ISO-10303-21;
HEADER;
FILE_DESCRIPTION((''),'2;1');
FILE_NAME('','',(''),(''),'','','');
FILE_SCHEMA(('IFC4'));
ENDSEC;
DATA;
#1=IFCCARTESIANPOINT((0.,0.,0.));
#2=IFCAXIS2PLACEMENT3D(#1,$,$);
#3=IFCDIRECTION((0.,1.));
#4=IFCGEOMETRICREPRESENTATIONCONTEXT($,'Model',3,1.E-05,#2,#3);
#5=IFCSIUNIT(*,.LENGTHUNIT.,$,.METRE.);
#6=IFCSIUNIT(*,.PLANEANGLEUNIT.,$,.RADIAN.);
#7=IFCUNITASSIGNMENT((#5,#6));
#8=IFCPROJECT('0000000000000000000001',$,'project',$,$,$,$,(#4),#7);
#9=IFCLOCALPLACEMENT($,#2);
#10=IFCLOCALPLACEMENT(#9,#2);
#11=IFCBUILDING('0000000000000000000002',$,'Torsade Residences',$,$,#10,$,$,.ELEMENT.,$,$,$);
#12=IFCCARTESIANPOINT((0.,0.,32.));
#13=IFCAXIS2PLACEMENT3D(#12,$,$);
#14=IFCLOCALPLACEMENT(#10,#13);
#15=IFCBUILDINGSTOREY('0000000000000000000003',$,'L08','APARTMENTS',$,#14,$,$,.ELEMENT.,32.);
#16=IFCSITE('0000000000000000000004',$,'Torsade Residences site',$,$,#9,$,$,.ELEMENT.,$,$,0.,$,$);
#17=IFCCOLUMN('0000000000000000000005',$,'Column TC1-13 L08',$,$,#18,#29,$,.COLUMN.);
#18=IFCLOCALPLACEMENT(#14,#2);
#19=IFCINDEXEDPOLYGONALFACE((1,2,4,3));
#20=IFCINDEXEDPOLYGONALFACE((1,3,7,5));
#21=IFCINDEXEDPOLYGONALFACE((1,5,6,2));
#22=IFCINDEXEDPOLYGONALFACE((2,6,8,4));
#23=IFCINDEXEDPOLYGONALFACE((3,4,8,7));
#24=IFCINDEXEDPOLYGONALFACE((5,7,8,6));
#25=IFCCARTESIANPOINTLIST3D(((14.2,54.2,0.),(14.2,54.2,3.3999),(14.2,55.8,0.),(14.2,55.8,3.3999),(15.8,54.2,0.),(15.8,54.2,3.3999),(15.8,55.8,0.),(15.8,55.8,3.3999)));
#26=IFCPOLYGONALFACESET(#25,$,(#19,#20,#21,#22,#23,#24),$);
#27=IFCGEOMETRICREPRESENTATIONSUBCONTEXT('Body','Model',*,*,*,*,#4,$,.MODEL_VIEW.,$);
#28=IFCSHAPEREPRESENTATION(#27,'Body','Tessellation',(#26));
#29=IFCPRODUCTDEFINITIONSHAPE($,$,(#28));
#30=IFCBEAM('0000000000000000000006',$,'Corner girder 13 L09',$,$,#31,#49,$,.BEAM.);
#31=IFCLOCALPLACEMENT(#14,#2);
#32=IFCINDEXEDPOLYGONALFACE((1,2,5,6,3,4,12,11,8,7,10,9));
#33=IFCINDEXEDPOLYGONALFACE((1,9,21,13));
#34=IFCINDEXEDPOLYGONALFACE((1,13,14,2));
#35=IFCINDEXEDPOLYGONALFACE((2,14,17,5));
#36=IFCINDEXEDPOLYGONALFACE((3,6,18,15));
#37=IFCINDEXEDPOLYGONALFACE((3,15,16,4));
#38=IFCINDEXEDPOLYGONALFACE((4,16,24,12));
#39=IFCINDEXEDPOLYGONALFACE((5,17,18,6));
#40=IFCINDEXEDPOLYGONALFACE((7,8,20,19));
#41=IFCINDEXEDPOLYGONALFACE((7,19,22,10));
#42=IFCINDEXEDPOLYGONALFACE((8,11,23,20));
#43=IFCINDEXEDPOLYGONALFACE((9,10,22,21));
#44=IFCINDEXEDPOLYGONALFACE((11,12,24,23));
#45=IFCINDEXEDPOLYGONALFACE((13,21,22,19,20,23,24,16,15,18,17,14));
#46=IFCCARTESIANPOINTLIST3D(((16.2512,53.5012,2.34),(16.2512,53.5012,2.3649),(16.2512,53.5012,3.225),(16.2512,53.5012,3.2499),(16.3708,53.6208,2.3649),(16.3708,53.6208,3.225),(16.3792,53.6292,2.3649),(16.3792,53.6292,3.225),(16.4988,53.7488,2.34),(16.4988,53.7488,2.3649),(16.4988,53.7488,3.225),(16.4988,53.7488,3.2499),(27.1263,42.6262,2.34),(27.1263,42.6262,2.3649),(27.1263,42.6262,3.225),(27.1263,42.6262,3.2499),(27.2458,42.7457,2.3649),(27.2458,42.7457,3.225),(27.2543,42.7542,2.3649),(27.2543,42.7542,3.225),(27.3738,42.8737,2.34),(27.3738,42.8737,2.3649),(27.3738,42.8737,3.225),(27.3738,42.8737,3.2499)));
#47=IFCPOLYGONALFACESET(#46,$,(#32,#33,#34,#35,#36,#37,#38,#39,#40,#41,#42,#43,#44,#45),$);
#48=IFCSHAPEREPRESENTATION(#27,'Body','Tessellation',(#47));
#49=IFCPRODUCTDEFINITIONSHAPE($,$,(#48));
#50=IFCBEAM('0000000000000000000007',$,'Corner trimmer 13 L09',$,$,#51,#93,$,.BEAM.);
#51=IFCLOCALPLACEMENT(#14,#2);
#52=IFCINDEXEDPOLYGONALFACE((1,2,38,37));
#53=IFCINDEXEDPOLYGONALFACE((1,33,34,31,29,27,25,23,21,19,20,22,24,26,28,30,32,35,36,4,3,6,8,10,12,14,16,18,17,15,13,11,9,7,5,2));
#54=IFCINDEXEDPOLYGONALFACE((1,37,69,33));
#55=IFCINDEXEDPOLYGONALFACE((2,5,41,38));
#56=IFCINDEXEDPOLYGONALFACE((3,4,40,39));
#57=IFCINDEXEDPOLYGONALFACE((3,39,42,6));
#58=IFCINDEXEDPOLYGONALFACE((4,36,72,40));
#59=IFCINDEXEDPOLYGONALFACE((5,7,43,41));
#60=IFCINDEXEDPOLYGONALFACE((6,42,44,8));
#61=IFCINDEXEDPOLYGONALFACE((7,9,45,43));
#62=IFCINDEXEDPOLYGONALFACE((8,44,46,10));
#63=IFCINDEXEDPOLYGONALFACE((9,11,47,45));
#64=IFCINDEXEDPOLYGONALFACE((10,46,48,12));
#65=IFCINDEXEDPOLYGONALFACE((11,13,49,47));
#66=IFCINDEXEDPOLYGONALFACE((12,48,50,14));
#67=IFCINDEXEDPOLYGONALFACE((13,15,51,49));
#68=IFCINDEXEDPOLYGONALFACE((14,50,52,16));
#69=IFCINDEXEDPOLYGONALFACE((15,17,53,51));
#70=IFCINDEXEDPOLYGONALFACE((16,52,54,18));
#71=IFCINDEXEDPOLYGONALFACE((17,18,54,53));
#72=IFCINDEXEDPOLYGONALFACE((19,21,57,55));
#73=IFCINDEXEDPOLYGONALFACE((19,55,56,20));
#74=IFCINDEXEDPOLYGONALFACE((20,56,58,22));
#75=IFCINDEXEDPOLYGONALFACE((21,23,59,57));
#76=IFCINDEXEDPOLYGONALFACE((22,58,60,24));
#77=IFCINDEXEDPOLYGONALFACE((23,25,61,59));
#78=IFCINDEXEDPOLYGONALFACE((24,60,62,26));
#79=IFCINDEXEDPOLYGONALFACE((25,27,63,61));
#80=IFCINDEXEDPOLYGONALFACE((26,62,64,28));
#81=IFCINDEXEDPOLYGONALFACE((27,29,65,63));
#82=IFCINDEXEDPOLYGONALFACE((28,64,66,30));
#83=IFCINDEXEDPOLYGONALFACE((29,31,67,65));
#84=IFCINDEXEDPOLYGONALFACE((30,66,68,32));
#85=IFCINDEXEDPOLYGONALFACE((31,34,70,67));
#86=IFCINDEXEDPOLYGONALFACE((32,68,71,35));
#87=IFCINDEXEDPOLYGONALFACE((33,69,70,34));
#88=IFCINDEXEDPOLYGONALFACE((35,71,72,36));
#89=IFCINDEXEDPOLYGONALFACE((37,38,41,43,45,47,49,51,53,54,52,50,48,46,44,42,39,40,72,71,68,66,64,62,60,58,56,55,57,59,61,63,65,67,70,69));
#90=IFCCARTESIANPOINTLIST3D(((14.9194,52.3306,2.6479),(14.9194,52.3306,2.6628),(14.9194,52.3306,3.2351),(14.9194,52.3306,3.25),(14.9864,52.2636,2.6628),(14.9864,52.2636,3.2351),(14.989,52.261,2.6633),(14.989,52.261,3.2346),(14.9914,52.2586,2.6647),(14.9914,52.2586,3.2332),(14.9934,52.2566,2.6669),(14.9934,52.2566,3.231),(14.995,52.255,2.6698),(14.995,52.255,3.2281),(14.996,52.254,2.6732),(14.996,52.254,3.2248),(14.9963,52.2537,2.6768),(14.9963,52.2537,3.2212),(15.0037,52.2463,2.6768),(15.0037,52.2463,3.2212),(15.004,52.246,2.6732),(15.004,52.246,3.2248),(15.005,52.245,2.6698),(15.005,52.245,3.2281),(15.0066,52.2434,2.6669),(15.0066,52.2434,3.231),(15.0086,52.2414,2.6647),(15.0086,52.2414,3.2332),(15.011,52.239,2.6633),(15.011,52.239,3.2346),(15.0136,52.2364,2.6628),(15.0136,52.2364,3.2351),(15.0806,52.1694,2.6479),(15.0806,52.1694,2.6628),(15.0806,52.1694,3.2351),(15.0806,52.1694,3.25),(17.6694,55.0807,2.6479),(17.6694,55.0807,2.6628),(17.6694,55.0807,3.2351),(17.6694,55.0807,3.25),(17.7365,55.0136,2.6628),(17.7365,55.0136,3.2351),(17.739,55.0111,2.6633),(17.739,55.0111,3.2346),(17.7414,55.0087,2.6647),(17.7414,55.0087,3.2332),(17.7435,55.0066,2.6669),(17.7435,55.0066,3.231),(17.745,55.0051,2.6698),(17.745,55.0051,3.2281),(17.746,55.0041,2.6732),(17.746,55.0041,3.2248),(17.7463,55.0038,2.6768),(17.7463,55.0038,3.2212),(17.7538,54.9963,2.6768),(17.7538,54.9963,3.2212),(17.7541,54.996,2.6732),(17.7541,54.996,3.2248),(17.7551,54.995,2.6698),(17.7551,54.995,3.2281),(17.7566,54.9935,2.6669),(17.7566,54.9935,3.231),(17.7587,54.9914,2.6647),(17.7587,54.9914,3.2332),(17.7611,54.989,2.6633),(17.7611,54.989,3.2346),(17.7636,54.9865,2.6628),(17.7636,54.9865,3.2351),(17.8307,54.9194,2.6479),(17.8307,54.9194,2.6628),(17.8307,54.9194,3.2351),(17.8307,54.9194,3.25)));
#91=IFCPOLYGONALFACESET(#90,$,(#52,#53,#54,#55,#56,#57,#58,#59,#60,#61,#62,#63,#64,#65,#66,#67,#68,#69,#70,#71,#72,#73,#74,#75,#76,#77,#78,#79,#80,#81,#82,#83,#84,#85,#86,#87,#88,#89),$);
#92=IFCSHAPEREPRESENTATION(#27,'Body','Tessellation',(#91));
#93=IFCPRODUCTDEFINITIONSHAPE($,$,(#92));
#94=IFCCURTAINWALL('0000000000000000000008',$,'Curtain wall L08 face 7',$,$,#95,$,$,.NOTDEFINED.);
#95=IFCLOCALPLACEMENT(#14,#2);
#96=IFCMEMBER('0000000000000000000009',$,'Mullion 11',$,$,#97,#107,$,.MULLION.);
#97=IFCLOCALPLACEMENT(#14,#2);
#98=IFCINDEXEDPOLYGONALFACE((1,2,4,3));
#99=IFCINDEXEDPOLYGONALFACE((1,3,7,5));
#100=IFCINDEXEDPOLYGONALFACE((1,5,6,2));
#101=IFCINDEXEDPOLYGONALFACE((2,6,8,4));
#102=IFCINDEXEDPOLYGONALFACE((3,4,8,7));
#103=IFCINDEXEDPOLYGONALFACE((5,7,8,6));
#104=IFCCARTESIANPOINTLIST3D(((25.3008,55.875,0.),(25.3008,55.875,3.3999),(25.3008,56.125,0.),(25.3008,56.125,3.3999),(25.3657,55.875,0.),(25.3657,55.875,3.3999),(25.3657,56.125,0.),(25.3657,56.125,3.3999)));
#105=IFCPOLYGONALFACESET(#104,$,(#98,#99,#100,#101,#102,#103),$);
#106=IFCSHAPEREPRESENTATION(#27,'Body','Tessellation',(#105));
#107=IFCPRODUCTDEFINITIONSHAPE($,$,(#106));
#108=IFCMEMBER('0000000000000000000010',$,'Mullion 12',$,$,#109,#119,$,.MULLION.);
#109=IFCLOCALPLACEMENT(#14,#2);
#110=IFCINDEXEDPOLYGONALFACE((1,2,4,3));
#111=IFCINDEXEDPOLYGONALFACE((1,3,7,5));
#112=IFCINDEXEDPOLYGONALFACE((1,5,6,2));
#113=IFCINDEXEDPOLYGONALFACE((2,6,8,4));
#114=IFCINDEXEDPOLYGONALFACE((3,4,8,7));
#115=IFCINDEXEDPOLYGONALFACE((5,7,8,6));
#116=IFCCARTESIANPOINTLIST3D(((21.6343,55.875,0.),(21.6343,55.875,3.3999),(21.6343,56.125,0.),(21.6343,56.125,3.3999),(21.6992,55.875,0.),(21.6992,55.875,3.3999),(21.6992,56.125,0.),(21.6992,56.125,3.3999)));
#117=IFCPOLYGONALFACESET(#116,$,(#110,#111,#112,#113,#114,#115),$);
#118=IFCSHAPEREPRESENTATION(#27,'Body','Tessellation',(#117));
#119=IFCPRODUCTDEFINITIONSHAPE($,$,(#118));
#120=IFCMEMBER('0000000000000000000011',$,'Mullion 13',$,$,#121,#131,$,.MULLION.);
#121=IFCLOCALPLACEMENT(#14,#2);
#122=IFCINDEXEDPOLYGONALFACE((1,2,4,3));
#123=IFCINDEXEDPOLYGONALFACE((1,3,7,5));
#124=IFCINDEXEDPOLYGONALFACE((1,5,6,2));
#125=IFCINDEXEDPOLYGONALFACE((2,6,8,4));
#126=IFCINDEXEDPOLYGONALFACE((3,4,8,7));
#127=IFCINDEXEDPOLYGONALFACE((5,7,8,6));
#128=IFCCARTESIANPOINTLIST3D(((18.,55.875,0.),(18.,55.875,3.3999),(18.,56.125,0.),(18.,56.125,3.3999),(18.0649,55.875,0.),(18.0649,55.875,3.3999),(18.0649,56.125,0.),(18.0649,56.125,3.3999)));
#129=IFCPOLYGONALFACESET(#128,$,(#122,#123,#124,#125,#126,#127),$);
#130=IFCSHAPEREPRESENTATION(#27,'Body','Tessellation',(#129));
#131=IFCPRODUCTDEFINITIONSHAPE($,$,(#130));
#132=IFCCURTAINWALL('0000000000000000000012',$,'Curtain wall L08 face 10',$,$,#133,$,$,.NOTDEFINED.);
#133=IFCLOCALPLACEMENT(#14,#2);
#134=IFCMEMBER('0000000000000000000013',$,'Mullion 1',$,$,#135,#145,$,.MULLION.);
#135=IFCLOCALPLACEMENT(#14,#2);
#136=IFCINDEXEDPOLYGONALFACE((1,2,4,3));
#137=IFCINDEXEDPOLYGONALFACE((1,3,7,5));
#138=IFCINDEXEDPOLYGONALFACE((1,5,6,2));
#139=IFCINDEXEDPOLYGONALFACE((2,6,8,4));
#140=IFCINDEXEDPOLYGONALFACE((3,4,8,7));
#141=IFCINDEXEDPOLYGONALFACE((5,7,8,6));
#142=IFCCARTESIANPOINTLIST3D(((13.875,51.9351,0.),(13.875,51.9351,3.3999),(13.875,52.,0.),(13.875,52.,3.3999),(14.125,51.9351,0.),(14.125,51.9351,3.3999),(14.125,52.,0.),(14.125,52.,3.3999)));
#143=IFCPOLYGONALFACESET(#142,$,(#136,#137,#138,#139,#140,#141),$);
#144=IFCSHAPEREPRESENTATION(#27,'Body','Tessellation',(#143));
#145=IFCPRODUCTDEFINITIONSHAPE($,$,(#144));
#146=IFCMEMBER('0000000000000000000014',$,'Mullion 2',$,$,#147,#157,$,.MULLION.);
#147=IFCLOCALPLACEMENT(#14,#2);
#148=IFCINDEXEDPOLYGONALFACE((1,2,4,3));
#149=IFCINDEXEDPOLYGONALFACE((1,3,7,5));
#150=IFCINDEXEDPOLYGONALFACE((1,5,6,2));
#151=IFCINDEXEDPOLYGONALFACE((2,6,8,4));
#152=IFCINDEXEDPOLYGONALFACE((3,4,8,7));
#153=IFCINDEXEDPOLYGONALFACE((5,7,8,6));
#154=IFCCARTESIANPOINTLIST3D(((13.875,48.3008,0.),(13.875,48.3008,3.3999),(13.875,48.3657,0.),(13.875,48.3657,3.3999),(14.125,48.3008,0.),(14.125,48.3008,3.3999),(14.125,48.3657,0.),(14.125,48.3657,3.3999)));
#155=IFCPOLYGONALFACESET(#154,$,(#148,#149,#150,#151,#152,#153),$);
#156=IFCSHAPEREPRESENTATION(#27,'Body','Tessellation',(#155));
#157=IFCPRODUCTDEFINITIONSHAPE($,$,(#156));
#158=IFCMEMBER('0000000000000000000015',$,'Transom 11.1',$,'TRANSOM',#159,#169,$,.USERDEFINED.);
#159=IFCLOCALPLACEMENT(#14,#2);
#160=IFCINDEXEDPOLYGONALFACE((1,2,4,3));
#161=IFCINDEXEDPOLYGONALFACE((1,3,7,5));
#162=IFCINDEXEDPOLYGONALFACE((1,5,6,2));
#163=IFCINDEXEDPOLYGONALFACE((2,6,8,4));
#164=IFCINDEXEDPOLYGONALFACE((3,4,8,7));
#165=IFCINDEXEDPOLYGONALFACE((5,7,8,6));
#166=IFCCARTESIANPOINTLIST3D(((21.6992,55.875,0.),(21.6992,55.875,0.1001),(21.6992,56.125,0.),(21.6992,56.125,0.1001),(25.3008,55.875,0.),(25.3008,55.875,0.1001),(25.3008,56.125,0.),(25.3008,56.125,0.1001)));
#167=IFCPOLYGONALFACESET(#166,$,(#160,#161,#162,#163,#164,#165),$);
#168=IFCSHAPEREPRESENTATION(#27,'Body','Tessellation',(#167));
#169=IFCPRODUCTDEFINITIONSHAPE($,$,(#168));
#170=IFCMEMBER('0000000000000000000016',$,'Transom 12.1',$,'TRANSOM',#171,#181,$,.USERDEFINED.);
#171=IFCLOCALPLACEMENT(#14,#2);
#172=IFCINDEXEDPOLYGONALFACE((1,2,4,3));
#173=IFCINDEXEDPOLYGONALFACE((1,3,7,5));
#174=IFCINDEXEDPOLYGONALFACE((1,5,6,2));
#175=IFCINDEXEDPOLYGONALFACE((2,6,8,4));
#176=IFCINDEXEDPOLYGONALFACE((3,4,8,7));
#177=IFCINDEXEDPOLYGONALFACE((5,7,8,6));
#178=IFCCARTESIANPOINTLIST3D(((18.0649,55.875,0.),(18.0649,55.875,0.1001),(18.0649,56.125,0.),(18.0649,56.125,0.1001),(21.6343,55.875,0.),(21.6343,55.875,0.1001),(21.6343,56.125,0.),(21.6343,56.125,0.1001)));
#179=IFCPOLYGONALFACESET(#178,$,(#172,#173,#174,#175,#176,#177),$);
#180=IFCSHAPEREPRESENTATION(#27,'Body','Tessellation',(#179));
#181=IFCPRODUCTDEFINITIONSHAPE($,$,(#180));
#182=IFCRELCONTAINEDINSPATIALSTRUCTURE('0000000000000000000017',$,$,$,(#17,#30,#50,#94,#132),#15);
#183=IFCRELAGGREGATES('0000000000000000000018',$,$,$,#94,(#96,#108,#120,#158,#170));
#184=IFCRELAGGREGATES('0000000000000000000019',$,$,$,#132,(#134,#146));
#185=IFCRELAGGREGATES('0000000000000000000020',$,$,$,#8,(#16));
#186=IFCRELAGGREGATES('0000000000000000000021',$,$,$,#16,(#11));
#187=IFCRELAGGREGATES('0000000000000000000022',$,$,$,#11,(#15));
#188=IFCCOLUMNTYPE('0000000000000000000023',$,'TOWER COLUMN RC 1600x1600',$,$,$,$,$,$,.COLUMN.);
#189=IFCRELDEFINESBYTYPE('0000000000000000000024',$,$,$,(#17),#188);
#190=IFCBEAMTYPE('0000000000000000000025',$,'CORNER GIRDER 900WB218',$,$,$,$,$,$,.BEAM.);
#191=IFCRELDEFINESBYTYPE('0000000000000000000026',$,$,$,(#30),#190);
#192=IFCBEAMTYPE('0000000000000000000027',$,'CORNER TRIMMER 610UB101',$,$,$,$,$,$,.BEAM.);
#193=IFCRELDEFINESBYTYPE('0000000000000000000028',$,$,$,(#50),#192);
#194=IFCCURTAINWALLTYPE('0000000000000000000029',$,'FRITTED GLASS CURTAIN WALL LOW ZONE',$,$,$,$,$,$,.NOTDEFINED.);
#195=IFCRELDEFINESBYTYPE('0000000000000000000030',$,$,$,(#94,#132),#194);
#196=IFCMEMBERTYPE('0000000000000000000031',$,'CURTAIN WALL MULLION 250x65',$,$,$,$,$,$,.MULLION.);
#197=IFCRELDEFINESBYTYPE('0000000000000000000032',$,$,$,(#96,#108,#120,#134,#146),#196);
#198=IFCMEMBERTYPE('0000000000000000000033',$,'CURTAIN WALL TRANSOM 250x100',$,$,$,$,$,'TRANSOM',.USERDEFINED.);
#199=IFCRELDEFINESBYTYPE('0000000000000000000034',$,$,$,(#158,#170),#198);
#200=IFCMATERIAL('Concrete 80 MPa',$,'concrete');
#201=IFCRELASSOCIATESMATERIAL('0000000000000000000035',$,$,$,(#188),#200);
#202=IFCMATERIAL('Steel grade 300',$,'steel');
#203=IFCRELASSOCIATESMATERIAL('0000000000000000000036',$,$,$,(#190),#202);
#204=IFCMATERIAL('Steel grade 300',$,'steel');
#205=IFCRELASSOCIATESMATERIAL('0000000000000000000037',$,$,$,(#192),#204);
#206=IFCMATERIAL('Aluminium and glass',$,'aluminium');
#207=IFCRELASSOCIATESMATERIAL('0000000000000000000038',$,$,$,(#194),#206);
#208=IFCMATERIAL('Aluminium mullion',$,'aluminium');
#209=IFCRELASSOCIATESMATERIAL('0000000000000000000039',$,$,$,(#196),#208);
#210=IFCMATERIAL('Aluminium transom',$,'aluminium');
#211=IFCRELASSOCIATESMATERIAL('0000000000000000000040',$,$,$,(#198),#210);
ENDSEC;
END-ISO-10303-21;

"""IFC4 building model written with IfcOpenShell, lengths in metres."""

from ifc_helpers import new_model, si_unit, direction, frame, origin, origin_2d, place, context, subcontext, project, spatial, rectangle, i_section, extrude, material, material_profile, profile_set, type_object, element, aggregate, save


model = new_model("IFC4")

# Units and contexts
model_context = context("Model", 3, precision=1e-05, world=origin(), true_north=direction((0.0, 1.0)))
body_context = subcontext(model_context, "Body", "Model", "MODEL_VIEW")
ifc_project = project(units=[si_unit("LENGTHUNIT", "METRE"), si_unit("PLANEANGLEUNIT", "RADIAN")], contexts=[model_context])

# Site, building, storey
site_placement = place(None, origin())
site = spatial("IfcSite", under=ifc_project, at=site_placement, Name="Torsade Residences site", CompositionType="ELEMENT", RefElevation=0.0)
building_placement = place(site_placement, origin())
building = spatial("IfcBuilding", under=site, at=building_placement, Name="Torsade Residences", CompositionType="ELEMENT")
storey_placement = place(building_placement, frame((0.0, 0.0, 32.0)))
storey = spatial("IfcBuildingStorey", under=building, at=storey_placement, Name="L08", Description="APARTMENTS", CompositionType="ELEMENT", Elevation=32.0)

# Column
ifc_material_1 = material(Name="Concrete 80 MPa", Category="concrete")
ifc_material_profile_1 = material_profile(ifc_material_1, rectangle(XDim=1.6001, YDim=1.6001, at=origin_2d()), Name="RC 1600x1600")
ifc_profile_set_1 = profile_set([ifc_material_profile_1], Name="Concrete 80 MPa")
column_type = type_object("IfcColumnType", Name="TOWER COLUMN RC 1600x1600", PredefinedType="COLUMN", material=ifc_profile_set_1)
column_placement = place(storey_placement, frame((15.0, 55.0, 0.0), z_axis=(0.0, 0.0, 1.0), x_axis=(1.0, 0.0, 0.0)))
element("IfcColumn", 1, at=column_placement, inside=storey, type_object=column_type, Name="Column TC1-13 L08", PredefinedType="COLUMN", context=body_context, shape_type="SweptSolid", body=[
    extrude(rectangle(XDim=1.6001, YDim=1.6001, at=origin_2d()), origin(), (0.0, 0.0, 1.0), 3.3999),
])

# Beams
ifc_material_2 = material(Name="Steel grade 300", Category="steel")
ifc_material_profile_2 = material_profile(ifc_material_2, i_section(OverallWidth=0.3501, OverallDepth=0.9099, WebThickness=0.012, FlangeThickness=0.0249, at=origin_2d()), Name="900WB218")
ifc_profile_set_2 = profile_set([ifc_material_profile_2], Name="Steel grade 300")
beam_type_1 = type_object("IfcBeamType", Name="CORNER GIRDER 900WB218", PredefinedType="BEAM", material=ifc_profile_set_2)
beam_1_placement = place(storey_placement, frame((16.375, 53.625, 2.7949), z_axis=(0.707107, -0.707107, 0.0), x_axis=(0.707107, 0.707107, 0.0)))
element("IfcBeam", 2, at=beam_1_placement, inside=storey, type_object=beam_type_1, Name="Corner girder 13 L09", PredefinedType="BEAM", context=body_context, shape_type="SweptSolid", body=[
    extrude(i_section(OverallWidth=0.3501, OverallDepth=0.9099, WebThickness=0.012, FlangeThickness=0.0249, at=origin_2d()), origin(), (0.0, 0.0, 1.0), 15.3796),
])
ifc_material_3 = material(Name="Steel grade 300", Category="steel")
ifc_material_profile_3 = material_profile(ifc_material_3, i_section(OverallWidth=0.228, OverallDepth=0.6021, WebThickness=0.0105, FlangeThickness=0.0149, FilletRadius=0.0139, at=origin_2d()), Name="610UB101")
ifc_profile_set_3 = profile_set([ifc_material_profile_3], Name="Steel grade 300")
beam_type_2 = type_object("IfcBeamType", Name="CORNER TRIMMER 610UB101", PredefinedType="BEAM", material=ifc_profile_set_3)
beam_2_placement = place(storey_placement, frame((15.0, 52.25, 2.949), z_axis=(0.707107, 0.707107, 0.0), x_axis=(-0.707107, 0.707107, 0.0)))
element("IfcBeam", 3, at=beam_2_placement, inside=storey, type_object=beam_type_2, Name="Corner trimmer 13 L09", PredefinedType="BEAM", context=body_context, shape_type="SweptSolid", body=[
    extrude(i_section(OverallWidth=0.228, OverallDepth=0.6021, WebThickness=0.0105, FlangeThickness=0.0149, FilletRadius=0.0139, at=origin_2d()), origin(), (0.0, 0.0, 1.0), 3.8892),
])

# Curtain walls, members
ifc_material_4 = material(Name="Aluminium and glass", Category="aluminium")
curtain_wall_type = type_object("IfcCurtainWallType", Name="FRITTED GLASS CURTAIN WALL LOW ZONE", PredefinedType="NOTDEFINED", material=ifc_material_4)
curtain_wall_1_placement = place(storey_placement, origin())
curtain_wall_1 = element("IfcCurtainWall", 4, at=curtain_wall_1_placement, inside=storey, type_object=curtain_wall_type, Name="Curtain wall L08 face 7", PredefinedType="NOTDEFINED")
ifc_material_5 = material(Name="Aluminium mullion", Category="aluminium")
ifc_material_profile_4 = material_profile(ifc_material_5, rectangle(XDim=0.25, YDim=0.0649, at=origin_2d()), Name="CURTAIN WALL MULLION 250x65")
ifc_profile_set_4 = profile_set([ifc_material_profile_4], Name="Aluminium mullion")
member_type_1 = type_object("IfcMemberType", Name="CURTAIN WALL MULLION 250x65", PredefinedType="MULLION", material=ifc_profile_set_4)
member_1_placement = place(storey_placement, frame((25.3333, 56.0, 0.0), z_axis=(0.0, 0.0, 1.0), x_axis=(0.0, -1.0, 0.0)))
member_1 = element("IfcMember", 5, at=member_1_placement, type_object=member_type_1, Name="Mullion 11", PredefinedType="MULLION", context=body_context, shape_type="SweptSolid", body=[
    extrude(rectangle(XDim=0.25, YDim=0.0649, at=origin_2d()), origin(), (0.0, 0.0, 1.0), 3.3999),
])
member_2_placement = place(storey_placement, frame((21.6667, 56.0, 0.0), z_axis=(0.0, 0.0, 1.0), x_axis=(0.0, -1.0, 0.0)))
member_2 = element("IfcMember", 6, at=member_2_placement, type_object=member_type_1, Name="Mullion 12", PredefinedType="MULLION", context=body_context, shape_type="SweptSolid", body=[
    extrude(rectangle(XDim=0.25, YDim=0.0649, at=origin_2d()), origin(), (0.0, 0.0, 1.0), 3.3999),
])
member_3_placement = place(storey_placement, frame((18.0325, 56.0, 0.0), z_axis=(0.0, 0.0, 1.0), x_axis=(0.0, -1.0, 0.0)))
member_3 = element("IfcMember", 7, at=member_3_placement, type_object=member_type_1, Name="Mullion 13", PredefinedType="MULLION", context=body_context, shape_type="SweptSolid", body=[
    extrude(rectangle(XDim=0.25, YDim=0.0649, at=origin_2d()), origin(), (0.0, 0.0, 1.0), 3.3999),
])
curtain_wall_2_placement = place(storey_placement, origin())
curtain_wall_2 = element("IfcCurtainWall", 8, at=curtain_wall_2_placement, inside=storey, type_object=curtain_wall_type, Name="Curtain wall L08 face 10", PredefinedType="NOTDEFINED")
member_4_placement = place(storey_placement, frame((14.0, 51.9675, 0.0), z_axis=(0.0, 0.0, 1.0), x_axis=(1.0, 0.0, 0.0)))
member_4 = element("IfcMember", 9, at=member_4_placement, type_object=member_type_1, Name="Mullion 1", PredefinedType="MULLION", context=body_context, shape_type="SweptSolid", body=[
    extrude(rectangle(XDim=0.25, YDim=0.0649, at=origin_2d()), origin(), (0.0, 0.0, 1.0), 3.3999),
])
member_5_placement = place(storey_placement, frame((14.0, 48.3333, 0.0), z_axis=(0.0, 0.0, 1.0), x_axis=(1.0, 0.0, 0.0)))
member_5 = element("IfcMember", 10, at=member_5_placement, type_object=member_type_1, Name="Mullion 2", PredefinedType="MULLION", context=body_context, shape_type="SweptSolid", body=[
    extrude(rectangle(XDim=0.25, YDim=0.0649, at=origin_2d()), origin(), (0.0, 0.0, 1.0), 3.3999),
])

# Members
ifc_material_6 = material(Name="Aluminium transom", Category="aluminium")
ifc_material_profile_5 = material_profile(ifc_material_6, rectangle(XDim=0.25, YDim=0.1001, at=origin_2d()), Name="CURTAIN WALL TRANSOM 250x100")
ifc_profile_set_5 = profile_set([ifc_material_profile_5], Name="Aluminium transom")
member_type_2 = type_object("IfcMemberType", Name="CURTAIN WALL TRANSOM 250x100", ElementType="TRANSOM", PredefinedType="USERDEFINED", material=ifc_profile_set_5)
member_6_placement = place(storey_placement, frame((25.3008, 56.0, 0.05), z_axis=(-1.0, 0.0, 0.0), x_axis=(0.0, -1.0, 0.0)))
member_6 = element("IfcMember", 11, at=member_6_placement, type_object=member_type_2, Name="Transom 11.1", ObjectType="TRANSOM", PredefinedType="USERDEFINED", context=body_context, shape_type="SweptSolid", body=[
    extrude(rectangle(XDim=0.25, YDim=0.1001, at=origin_2d()), origin(), (0.0, 0.0, 1.0), 3.6016),
])
member_7_placement = place(storey_placement, frame((21.6343, 56.0, 0.05), z_axis=(-1.0, 0.0, 0.0), x_axis=(0.0, -1.0, 0.0)))
member_7 = element("IfcMember", 12, at=member_7_placement, type_object=member_type_2, Name="Transom 12.1", ObjectType="TRANSOM", PredefinedType="USERDEFINED", context=body_context, shape_type="SweptSolid", body=[
    extrude(rectangle(XDim=0.25, YDim=0.1001, at=origin_2d()), origin(), (0.0, 0.0, 1.0), 3.5693),
])

aggregate(curtain_wall_1, [member_1, member_2, member_3, member_6, member_7])
aggregate(curtain_wall_2, [member_4, member_5])

save(model, "model.ifc")
